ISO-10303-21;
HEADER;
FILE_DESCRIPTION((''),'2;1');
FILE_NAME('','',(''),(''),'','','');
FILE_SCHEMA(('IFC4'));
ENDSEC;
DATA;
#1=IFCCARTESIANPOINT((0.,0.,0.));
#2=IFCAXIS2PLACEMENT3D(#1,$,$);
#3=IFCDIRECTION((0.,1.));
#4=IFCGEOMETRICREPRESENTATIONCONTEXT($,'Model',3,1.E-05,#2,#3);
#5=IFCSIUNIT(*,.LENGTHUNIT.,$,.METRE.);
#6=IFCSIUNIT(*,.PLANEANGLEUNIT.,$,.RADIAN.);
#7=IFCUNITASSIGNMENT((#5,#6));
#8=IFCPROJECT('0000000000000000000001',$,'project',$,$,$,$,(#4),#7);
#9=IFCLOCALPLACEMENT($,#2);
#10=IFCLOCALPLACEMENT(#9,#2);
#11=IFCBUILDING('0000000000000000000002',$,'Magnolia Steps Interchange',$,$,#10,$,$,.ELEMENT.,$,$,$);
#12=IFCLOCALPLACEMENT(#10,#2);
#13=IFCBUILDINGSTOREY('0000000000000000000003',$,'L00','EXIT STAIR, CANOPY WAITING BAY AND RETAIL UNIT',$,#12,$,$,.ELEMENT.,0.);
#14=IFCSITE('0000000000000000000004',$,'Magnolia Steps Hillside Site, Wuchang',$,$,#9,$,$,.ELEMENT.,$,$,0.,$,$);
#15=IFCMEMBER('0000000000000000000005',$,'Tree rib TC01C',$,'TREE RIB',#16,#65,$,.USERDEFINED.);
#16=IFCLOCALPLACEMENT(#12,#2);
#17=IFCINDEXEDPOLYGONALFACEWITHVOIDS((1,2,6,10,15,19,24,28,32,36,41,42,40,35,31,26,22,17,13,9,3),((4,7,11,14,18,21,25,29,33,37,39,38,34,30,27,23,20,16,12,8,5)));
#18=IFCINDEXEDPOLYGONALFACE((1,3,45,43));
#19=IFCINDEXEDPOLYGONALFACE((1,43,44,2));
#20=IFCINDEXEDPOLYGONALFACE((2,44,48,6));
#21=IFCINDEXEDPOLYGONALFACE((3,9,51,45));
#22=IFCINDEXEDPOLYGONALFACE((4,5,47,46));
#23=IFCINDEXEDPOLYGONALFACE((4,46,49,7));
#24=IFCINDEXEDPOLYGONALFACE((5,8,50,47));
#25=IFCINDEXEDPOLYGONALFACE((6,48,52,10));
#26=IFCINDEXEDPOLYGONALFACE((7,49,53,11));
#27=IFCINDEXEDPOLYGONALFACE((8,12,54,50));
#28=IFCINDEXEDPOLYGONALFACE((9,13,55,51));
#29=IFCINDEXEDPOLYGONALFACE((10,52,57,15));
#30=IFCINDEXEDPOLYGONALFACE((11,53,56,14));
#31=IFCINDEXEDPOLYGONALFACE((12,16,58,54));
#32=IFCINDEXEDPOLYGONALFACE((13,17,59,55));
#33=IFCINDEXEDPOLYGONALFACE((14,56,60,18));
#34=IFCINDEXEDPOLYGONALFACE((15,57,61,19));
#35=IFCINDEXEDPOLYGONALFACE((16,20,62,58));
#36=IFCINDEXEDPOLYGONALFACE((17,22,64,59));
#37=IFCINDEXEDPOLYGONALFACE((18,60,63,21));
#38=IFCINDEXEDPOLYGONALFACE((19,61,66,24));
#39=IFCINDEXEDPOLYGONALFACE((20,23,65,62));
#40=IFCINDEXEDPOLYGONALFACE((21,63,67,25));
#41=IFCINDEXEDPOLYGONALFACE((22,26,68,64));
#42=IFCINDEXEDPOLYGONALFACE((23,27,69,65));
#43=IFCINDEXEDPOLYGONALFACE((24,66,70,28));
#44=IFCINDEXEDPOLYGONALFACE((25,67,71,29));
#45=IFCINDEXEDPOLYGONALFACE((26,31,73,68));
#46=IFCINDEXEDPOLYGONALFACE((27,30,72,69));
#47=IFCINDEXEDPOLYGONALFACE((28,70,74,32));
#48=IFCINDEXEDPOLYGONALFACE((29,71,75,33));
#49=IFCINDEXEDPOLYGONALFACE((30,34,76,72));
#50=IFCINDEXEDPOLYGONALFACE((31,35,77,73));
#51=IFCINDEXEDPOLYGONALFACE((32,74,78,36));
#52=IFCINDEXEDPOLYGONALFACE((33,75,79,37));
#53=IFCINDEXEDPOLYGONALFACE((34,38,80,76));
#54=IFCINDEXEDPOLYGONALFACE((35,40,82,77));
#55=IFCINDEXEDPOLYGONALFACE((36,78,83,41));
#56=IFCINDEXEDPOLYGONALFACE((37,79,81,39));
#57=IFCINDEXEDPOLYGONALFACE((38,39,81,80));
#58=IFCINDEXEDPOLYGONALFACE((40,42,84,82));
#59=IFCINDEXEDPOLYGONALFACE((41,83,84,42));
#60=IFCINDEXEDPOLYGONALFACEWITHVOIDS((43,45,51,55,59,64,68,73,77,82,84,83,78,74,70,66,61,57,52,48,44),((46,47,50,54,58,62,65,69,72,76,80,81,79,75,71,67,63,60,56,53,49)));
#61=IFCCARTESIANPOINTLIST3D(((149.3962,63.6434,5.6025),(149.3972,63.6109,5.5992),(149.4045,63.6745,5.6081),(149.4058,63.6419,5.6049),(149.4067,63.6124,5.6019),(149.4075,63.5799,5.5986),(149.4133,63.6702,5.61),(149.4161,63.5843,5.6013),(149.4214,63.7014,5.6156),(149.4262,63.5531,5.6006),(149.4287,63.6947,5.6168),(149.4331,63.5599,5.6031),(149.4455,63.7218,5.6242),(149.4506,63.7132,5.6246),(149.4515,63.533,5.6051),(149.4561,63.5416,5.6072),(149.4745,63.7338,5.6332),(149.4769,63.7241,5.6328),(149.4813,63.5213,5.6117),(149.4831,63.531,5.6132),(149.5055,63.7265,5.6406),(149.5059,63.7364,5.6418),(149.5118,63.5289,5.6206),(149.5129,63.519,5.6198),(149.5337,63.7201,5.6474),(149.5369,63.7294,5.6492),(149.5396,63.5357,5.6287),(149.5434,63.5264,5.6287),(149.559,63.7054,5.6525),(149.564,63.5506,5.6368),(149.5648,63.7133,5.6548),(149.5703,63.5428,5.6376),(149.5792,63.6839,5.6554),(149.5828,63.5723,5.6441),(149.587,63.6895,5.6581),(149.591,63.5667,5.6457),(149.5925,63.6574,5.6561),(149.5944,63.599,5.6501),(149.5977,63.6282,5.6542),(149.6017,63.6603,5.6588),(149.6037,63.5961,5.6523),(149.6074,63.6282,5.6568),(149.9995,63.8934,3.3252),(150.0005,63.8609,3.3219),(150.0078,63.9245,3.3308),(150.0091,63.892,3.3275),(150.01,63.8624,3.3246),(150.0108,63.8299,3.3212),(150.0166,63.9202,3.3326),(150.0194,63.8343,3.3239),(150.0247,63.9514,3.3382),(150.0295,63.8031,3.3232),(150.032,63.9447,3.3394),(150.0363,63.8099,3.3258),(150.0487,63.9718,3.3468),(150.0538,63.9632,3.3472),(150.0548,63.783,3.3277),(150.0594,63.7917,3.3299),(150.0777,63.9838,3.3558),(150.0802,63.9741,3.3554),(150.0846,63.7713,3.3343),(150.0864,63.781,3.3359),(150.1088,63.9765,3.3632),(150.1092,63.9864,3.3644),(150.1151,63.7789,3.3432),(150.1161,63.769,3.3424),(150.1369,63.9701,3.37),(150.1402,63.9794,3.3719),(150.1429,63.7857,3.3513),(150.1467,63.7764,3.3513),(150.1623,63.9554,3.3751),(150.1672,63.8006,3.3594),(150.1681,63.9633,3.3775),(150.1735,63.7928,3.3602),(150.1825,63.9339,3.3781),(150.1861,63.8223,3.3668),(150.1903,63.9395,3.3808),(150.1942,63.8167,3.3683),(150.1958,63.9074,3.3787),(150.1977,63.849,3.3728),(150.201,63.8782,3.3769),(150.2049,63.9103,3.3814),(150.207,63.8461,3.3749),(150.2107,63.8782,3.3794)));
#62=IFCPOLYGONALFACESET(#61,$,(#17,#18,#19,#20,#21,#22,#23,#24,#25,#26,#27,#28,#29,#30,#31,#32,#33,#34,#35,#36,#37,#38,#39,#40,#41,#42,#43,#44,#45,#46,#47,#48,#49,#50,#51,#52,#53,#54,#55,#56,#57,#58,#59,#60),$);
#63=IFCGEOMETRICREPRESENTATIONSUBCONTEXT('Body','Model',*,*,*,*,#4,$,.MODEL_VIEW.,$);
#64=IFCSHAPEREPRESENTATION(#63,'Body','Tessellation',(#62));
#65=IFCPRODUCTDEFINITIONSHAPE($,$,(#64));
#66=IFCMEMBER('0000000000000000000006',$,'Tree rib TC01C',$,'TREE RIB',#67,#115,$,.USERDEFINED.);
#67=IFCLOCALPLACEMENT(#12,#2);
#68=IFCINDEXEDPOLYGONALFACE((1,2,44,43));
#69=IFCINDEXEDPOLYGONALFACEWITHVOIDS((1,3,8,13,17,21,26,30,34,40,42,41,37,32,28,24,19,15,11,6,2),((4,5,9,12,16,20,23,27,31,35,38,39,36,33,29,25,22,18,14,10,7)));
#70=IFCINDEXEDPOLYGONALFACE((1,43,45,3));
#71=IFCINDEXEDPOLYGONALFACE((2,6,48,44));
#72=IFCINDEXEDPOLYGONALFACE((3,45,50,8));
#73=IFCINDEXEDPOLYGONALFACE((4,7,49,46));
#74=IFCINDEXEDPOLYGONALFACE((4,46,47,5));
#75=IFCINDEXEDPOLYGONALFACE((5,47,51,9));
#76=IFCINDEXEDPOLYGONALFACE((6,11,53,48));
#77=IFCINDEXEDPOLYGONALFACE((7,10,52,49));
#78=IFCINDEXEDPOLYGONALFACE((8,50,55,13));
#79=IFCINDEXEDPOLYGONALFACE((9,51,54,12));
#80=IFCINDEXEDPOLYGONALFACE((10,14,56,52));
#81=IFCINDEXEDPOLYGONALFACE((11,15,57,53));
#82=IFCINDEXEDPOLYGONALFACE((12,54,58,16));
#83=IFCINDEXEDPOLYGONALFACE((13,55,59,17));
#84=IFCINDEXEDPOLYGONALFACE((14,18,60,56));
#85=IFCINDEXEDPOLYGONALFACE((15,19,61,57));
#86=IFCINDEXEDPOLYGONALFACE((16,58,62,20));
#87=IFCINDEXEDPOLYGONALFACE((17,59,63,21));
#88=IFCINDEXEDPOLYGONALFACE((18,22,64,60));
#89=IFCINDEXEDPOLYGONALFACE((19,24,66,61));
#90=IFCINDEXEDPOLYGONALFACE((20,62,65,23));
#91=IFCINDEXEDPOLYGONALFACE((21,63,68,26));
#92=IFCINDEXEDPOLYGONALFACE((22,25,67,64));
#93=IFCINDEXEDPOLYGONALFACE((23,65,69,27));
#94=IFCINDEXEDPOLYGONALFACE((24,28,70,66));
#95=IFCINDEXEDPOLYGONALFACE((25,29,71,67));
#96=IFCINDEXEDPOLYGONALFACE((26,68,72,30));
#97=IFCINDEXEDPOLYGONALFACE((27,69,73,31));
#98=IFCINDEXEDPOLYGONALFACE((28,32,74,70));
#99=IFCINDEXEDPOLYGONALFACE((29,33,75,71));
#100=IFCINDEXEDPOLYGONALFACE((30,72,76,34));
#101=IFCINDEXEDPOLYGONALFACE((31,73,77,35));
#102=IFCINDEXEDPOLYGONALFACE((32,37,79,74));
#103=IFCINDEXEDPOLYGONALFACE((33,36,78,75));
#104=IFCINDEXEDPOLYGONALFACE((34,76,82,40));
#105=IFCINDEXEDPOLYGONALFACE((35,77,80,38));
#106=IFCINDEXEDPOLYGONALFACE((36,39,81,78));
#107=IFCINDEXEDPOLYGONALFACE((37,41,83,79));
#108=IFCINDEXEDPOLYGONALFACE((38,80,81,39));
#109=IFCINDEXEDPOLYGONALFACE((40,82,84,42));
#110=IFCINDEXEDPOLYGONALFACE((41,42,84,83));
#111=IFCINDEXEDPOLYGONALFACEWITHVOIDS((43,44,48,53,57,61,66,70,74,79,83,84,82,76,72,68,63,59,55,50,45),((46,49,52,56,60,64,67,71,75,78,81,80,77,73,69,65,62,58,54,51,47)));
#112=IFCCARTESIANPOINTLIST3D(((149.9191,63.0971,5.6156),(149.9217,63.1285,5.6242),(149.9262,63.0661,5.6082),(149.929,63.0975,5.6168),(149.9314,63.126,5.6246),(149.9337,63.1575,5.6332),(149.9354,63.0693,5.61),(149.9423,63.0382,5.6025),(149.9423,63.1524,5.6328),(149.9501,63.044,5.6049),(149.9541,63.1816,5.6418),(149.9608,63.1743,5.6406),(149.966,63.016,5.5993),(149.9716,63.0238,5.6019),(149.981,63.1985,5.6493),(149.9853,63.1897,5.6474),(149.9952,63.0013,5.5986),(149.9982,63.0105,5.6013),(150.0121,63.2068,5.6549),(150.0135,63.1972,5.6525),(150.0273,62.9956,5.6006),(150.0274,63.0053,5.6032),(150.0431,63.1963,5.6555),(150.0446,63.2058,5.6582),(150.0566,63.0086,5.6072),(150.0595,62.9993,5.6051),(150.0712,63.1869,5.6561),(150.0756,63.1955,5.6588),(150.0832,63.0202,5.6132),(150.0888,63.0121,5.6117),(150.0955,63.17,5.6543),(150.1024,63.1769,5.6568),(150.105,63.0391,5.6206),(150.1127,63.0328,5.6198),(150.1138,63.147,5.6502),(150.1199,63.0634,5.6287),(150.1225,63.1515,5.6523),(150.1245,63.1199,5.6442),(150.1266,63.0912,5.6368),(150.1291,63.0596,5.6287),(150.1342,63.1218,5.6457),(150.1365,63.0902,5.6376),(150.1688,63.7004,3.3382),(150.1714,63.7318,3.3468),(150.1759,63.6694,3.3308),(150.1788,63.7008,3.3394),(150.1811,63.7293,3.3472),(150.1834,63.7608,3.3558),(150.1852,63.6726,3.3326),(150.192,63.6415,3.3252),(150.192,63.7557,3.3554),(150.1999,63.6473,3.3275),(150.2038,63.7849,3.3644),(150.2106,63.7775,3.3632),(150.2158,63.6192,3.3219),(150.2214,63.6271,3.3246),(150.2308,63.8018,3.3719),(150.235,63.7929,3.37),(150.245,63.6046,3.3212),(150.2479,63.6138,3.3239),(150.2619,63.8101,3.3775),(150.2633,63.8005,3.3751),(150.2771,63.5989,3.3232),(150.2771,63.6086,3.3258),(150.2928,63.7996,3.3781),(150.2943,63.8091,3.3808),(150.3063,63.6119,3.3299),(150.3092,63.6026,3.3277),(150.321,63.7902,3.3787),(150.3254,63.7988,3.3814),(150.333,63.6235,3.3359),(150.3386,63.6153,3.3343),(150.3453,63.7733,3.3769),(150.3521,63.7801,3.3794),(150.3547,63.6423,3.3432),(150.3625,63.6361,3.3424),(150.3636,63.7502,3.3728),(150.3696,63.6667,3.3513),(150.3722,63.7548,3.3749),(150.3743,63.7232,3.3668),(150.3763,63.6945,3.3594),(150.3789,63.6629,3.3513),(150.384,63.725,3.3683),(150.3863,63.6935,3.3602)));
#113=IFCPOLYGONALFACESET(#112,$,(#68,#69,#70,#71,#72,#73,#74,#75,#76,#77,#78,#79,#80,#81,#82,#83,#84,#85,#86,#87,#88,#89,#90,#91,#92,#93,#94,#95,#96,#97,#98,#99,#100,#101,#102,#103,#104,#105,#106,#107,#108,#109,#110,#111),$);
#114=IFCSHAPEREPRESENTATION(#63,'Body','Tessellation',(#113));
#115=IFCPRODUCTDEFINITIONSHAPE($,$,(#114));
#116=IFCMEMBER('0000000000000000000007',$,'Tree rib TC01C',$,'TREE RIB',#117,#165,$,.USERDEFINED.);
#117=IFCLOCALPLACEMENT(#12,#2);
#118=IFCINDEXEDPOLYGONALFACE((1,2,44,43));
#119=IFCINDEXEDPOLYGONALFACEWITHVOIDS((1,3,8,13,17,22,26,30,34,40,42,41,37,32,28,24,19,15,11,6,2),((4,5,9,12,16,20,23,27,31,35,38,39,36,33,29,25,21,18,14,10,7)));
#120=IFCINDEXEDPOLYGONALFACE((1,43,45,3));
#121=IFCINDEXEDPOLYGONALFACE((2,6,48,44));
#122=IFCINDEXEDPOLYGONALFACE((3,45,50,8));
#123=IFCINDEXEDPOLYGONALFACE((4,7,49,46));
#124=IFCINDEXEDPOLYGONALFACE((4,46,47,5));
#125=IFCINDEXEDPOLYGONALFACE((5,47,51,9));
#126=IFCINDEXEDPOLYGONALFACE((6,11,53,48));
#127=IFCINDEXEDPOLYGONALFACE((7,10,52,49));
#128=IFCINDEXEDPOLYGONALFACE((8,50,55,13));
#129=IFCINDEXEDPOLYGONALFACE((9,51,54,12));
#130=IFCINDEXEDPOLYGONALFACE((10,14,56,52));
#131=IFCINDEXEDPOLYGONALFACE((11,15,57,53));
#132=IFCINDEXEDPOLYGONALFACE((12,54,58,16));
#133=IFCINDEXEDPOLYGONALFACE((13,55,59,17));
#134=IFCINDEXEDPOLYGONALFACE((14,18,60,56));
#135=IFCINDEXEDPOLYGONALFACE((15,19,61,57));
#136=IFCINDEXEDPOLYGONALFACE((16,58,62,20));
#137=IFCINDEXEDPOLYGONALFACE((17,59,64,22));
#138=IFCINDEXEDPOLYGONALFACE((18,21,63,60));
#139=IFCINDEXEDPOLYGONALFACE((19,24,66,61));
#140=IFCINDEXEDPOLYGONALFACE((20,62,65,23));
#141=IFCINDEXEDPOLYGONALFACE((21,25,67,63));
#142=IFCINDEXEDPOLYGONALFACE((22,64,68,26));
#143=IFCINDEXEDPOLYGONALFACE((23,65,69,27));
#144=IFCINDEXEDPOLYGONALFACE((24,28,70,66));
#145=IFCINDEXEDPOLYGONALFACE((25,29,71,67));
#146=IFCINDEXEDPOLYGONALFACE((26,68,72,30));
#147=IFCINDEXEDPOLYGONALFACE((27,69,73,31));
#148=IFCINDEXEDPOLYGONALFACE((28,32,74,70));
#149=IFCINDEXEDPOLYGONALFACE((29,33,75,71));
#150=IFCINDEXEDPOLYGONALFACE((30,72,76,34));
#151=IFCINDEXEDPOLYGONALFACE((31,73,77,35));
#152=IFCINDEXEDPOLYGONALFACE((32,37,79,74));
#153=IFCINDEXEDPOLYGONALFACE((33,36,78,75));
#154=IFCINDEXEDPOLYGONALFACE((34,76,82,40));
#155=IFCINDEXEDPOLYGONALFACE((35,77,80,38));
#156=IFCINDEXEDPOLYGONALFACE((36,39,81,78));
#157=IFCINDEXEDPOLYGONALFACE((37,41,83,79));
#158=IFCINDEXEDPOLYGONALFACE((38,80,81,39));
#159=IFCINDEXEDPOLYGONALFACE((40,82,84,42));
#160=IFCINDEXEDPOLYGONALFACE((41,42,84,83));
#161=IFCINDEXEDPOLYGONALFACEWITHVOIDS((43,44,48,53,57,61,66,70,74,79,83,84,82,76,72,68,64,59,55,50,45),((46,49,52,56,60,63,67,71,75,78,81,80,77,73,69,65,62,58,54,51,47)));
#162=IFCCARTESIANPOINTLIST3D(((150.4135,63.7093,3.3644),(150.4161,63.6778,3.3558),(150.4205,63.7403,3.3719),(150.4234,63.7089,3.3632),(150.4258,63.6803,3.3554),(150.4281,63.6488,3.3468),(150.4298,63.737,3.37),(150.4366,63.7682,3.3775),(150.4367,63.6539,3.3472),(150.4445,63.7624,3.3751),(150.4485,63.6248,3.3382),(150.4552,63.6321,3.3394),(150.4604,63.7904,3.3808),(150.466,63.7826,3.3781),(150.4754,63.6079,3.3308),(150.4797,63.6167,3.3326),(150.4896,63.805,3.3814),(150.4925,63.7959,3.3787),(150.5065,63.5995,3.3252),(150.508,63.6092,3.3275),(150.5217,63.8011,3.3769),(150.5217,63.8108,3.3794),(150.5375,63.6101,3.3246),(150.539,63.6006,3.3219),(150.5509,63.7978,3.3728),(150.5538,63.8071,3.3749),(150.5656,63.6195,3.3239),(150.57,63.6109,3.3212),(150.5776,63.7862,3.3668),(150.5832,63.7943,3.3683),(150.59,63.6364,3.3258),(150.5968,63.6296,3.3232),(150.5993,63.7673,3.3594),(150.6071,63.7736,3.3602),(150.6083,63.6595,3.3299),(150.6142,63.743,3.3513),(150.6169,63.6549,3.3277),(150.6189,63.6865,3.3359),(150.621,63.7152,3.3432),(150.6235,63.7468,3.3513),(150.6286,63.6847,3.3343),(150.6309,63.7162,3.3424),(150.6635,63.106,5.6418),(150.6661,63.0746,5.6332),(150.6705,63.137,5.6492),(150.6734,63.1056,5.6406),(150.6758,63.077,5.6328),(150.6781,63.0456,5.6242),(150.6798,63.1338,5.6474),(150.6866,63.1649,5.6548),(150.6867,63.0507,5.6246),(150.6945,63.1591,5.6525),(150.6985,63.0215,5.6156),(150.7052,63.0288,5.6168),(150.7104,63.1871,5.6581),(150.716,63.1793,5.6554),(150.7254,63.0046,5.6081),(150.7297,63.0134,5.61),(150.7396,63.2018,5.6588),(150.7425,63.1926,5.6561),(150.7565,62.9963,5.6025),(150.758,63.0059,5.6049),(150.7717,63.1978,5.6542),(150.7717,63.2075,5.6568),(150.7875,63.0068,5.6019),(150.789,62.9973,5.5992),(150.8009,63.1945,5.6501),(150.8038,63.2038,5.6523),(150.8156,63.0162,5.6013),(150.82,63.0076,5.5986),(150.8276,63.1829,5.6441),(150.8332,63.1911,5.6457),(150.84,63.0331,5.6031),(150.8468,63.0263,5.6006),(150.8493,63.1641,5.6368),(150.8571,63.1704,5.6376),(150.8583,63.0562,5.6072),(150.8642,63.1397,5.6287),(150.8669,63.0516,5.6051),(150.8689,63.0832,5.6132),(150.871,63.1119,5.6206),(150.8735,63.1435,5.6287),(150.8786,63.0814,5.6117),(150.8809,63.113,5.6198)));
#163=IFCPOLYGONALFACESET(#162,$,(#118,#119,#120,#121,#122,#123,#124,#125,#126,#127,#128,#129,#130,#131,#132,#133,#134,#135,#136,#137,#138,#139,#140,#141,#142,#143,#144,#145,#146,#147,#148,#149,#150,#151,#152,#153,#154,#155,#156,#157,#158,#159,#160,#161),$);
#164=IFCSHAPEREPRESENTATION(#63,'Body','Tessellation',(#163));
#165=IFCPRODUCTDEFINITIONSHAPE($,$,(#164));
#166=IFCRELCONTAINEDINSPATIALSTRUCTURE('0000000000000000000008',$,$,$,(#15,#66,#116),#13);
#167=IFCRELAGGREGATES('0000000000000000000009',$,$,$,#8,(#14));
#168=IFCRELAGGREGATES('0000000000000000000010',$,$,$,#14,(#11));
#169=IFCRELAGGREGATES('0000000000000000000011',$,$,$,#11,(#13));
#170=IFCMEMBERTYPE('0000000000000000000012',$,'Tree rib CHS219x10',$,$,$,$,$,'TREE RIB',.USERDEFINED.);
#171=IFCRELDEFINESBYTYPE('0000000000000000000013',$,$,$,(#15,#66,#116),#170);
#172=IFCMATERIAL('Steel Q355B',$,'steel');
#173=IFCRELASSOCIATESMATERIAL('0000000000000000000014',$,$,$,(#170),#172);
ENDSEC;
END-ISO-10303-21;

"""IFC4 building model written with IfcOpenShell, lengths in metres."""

from ifc_helpers import new_model, si_unit, direction, frame, origin, origin_2d, place, context, subcontext, project, spatial, hollow_circle, extrude, material, material_profile, profile_set, type_object, element, save


model = new_model("IFC4")

# Units and contexts
model_context = context("Model", 3, precision=1e-05, world=origin(), true_north=direction((0.0, 1.0)))
body_context = subcontext(model_context, "Body", "Model", "MODEL_VIEW")
ifc_project = project(units=[si_unit("LENGTHUNIT", "METRE"), si_unit("PLANEANGLEUNIT", "RADIAN")], contexts=[model_context])

# Site, building, storey
site_placement = place(None, origin())
site = spatial("IfcSite", under=ifc_project, at=site_placement, Name="Magnolia Steps Hillside Site, Wuchang", CompositionType="ELEMENT", RefElevation=0.0)
building_placement = place(site_placement, origin())
building = spatial("IfcBuilding", under=site, at=building_placement, Name="Magnolia Steps Interchange", CompositionType="ELEMENT")
storey_placement = place(building_placement, origin())
storey = spatial("IfcBuildingStorey", under=building, at=storey_placement, Name="L00", Description="EXIT STAIR, CANOPY WAITING BAY AND RETAIL UNIT", CompositionType="ELEMENT", Elevation=0.0)

# Members
ifc_material_1 = material(Name="Steel Q355B", Category="steel")
ifc_material_profile_1 = material_profile(ifc_material_1, hollow_circle(Radius=0.1096, WallThickness=0.01, at=origin_2d()), Name="CHS219x10")
ifc_profile_set_1 = profile_set([ifc_material_profile_1], Name="Steel Q355B")
member_type = type_object("IfcMemberType", Name="Tree rib CHS219x10", ElementType="TREE RIB", PredefinedType="USERDEFINED", material=ifc_profile_set_1)
for number, where, z_axis, x_axis, name in (
    (1, (150.1047, 63.8777, 3.3513), (-0.254639, -0.105524, 0.961261), (0.382836, -0.923816, 0.0), "Tree rib TC01C"),
    (2, (150.2776, 63.7048, 3.3513), (-0.105422, -0.254642, 0.961272), (0.923948, -0.382517, 0.0), "Tree rib TC01C"),
    (3, (150.5222, 63.7048, 3.3513), (0.105524, -0.254639, 0.961261), (0.923816, 0.382836, 0.0), "Tree rib TC01C"),
):
    element("IfcMember", number, at=place(storey_placement, frame(where, z_axis=z_axis, x_axis=x_axis)), inside=storey, type_object=member_type, Name=name, ObjectType="TREE RIB", PredefinedType="USERDEFINED", context=body_context, shape_type="SweptSolid", body=[
        extrude(hollow_circle(Radius=0.1096, WallThickness=0.01, at=origin_2d()), origin(), (0.0, 0.0, 1.0), 2.3691),
    ])

save(model, "model.ifc")
